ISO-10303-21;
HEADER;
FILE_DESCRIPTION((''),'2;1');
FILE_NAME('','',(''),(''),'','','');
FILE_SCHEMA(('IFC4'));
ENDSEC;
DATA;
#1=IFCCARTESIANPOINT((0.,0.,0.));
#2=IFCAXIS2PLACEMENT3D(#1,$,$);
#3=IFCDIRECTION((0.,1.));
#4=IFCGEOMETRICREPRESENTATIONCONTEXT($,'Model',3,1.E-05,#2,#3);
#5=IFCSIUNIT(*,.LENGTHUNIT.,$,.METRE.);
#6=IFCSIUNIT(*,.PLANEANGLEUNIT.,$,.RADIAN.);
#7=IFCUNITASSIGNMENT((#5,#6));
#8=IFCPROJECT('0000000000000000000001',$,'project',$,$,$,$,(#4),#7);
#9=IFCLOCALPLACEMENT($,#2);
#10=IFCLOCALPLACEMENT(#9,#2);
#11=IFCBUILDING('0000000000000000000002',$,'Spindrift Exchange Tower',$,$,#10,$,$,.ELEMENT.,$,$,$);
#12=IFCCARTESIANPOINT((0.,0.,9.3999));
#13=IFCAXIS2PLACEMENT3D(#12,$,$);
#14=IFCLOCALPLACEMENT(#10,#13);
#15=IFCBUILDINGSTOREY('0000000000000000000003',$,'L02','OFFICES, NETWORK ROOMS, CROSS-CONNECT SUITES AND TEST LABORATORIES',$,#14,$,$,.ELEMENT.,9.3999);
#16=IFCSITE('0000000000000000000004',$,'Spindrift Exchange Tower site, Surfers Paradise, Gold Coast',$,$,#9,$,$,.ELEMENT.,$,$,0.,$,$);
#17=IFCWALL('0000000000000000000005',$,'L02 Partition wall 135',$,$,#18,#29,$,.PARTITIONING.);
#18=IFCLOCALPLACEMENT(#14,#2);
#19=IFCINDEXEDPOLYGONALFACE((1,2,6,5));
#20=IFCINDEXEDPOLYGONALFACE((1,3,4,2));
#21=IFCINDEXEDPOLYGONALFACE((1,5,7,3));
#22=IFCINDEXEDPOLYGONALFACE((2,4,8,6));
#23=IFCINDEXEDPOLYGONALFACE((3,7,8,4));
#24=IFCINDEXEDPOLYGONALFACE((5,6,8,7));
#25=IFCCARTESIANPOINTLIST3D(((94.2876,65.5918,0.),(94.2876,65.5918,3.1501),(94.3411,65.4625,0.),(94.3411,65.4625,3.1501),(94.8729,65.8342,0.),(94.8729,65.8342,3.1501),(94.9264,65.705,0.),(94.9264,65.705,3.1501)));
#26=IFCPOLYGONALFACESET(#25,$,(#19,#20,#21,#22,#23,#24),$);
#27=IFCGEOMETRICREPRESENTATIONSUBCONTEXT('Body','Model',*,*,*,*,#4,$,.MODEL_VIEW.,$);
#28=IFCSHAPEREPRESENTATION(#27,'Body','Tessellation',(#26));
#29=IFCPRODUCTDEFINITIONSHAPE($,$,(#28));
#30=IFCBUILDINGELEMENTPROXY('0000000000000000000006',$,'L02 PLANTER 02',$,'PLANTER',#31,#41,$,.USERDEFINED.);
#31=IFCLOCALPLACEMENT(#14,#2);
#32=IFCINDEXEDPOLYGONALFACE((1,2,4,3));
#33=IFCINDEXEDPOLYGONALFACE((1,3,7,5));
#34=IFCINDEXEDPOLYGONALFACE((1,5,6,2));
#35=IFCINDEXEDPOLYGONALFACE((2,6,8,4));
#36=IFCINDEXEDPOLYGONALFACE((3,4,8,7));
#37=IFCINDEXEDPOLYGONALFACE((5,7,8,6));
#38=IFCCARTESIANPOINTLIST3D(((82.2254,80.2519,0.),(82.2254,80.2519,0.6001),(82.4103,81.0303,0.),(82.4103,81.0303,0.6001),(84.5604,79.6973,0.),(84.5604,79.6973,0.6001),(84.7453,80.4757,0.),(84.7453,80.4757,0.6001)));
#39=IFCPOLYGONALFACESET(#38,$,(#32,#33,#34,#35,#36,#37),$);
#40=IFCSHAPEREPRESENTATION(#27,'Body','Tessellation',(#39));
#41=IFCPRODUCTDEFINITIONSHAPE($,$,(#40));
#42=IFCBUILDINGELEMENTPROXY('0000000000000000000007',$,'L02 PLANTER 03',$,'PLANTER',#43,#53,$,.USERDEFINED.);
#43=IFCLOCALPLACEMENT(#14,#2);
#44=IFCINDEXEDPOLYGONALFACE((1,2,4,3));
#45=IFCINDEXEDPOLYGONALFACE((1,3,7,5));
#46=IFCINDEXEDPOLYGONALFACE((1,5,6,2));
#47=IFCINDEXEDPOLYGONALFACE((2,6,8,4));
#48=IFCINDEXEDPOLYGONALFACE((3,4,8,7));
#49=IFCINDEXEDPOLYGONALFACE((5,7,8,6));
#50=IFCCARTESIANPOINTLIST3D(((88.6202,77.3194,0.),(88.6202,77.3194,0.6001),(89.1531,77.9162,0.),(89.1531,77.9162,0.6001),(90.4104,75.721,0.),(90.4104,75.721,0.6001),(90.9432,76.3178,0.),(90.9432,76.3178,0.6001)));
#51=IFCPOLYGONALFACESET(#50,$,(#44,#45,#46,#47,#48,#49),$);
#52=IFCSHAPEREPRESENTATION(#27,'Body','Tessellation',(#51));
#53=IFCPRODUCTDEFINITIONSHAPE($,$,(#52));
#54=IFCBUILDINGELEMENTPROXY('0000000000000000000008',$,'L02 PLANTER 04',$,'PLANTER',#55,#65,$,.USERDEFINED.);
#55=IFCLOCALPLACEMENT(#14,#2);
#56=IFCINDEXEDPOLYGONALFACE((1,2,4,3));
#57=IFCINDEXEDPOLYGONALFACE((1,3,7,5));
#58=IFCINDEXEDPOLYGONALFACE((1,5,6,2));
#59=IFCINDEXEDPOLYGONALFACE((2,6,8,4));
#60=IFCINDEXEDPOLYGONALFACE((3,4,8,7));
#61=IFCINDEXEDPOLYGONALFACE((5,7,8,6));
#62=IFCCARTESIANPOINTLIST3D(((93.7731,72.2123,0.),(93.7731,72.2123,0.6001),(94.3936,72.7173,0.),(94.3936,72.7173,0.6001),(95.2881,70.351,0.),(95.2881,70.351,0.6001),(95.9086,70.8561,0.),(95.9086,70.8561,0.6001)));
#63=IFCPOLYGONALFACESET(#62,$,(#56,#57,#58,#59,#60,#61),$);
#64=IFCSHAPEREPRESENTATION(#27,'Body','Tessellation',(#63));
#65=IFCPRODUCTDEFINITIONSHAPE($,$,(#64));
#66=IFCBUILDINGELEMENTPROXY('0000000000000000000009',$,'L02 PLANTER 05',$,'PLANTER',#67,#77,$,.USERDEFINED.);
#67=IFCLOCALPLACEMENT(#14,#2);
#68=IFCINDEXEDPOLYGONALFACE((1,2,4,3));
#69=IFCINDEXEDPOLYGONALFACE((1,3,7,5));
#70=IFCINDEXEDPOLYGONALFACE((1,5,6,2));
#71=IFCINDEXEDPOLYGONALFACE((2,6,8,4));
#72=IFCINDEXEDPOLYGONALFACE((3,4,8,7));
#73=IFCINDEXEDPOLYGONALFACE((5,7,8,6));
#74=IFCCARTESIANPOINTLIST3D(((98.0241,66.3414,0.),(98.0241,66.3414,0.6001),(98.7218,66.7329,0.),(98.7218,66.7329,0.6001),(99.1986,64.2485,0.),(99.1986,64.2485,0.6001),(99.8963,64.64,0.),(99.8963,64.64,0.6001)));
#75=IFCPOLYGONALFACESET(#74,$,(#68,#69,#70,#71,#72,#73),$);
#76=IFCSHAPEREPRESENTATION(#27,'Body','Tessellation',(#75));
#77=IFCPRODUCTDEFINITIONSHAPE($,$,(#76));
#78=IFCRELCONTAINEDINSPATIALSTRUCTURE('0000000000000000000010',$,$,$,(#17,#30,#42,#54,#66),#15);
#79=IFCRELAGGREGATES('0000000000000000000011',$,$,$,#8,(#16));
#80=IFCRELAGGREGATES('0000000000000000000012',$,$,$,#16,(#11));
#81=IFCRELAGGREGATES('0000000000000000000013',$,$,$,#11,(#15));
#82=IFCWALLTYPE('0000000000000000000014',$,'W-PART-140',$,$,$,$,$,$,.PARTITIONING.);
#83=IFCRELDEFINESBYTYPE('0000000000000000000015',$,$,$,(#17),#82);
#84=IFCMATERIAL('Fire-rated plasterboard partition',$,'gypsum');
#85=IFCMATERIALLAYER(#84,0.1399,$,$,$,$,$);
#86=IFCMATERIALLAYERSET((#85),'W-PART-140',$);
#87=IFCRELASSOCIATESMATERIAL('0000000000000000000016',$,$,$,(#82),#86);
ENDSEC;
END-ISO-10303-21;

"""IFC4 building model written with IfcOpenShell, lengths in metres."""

from ifc_helpers import new_model, si_unit, direction, frame, frame_2d, origin, origin_2d, place, context, subcontext, project, spatial, rectangle, extrude, source, transform, mapped, material, layer, layer_set, type_object, element, save


model = new_model("IFC4")

# Units and contexts
model_context = context("Model", 3, precision=1e-05, world=origin(), true_north=direction((0.0, 1.0)))
body_context = subcontext(model_context, "Body", "Model", "MODEL_VIEW")
ifc_project = project(units=[si_unit("LENGTHUNIT", "METRE"), si_unit("PLANEANGLEUNIT", "RADIAN")], contexts=[model_context])

# Site, building, storey
site_placement = place(None, origin())
site = spatial("IfcSite", under=ifc_project, at=site_placement, Name="Spindrift Exchange Tower site, Surfers Paradise, Gold Coast", CompositionType="ELEMENT", RefElevation=0.0)
building_placement = place(site_placement, origin())
building = spatial("IfcBuilding", under=site, at=building_placement, Name="Spindrift Exchange Tower", CompositionType="ELEMENT")
storey_placement = place(building_placement, frame((0.0, 0.0, 9.3999)))
storey = spatial("IfcBuildingStorey", under=building, at=storey_placement, Name="L02", Description="OFFICES, NETWORK ROOMS, CROSS-CONNECT SUITES AND TEST LABORATORIES", CompositionType="ELEMENT", Elevation=9.3999)

# Wall
ifc_material_1 = material(Name="Fire-rated plasterboard partition", Category="gypsum")
ifc_layer_1 = layer(ifc_material_1, 0.1399)
ifc_layer_set_1 = layer_set([ifc_layer_1], Name="W-PART-140")
wall_type_1 = type_object("IfcWallType", Name="W-PART-140", PredefinedType="PARTITIONING", material=ifc_layer_set_1)
wall_1_placement = place(storey_placement, frame((94.3142, 65.5271, 0.0), z_axis=(0.0, 0.0, 1.0), x_axis=(0.923862, 0.382726, 0.0)))
element("IfcWall", 1, at=wall_1_placement, inside=storey, type_object=wall_type_1, Name="L02 Partition wall 135", PredefinedType="PARTITIONING", context=body_context, shape_type="SweptSolid", body=[
    extrude(rectangle(XDim=0.6335, YDim=0.1399, at=frame_2d((0.3169, 0.0))), origin(), (0.0, 0.0, 1.0), 3.1501),
])

# Building element proxies
shared_shape_1 = source(origin(), body_context, "Body", "SweptSolid", [
    extrude(rectangle(XDim=2.3999, YDim=0.8, at=origin_2d()), origin(), (0.0, 0.0, 1.0), 0.6001),
])
for number, where, z_axis, x_axis, name in (
    (2, (83.4854, 80.3638, 0.0), (0.0, 0.0, 1.0), (0.972935, -0.231081, 0.0), "L02 PLANTER 02"),
    (3, (89.7817, 76.8186, 0.0), (0.0, 0.0, 1.0), (0.74592, -0.666035, 0.0), "L02 PLANTER 03"),
    (4, (94.8408, 71.5342, 0.0), (0.0, 0.0, 1.0), (0.631268, -0.775565, 0.0), "L02 PLANTER 04"),
    (5, (98.9602, 65.4907, 0.0), (0.0, 0.0, 1.0), (0.489366, -0.872079, 0.0), "L02 PLANTER 05"),
):
    element("IfcBuildingElementProxy", number, at=place(storey_placement, frame(where, z_axis=z_axis, x_axis=x_axis)), inside=storey, Name=name, ObjectType="PLANTER", PredefinedType="USERDEFINED", context=body_context, shape_type="MappedRepresentation", body=[
        mapped(shared_shape_1, transform((0.0, 0.0, 0.0), scale=1.0)),
    ])

save(model, "model.ifc")
